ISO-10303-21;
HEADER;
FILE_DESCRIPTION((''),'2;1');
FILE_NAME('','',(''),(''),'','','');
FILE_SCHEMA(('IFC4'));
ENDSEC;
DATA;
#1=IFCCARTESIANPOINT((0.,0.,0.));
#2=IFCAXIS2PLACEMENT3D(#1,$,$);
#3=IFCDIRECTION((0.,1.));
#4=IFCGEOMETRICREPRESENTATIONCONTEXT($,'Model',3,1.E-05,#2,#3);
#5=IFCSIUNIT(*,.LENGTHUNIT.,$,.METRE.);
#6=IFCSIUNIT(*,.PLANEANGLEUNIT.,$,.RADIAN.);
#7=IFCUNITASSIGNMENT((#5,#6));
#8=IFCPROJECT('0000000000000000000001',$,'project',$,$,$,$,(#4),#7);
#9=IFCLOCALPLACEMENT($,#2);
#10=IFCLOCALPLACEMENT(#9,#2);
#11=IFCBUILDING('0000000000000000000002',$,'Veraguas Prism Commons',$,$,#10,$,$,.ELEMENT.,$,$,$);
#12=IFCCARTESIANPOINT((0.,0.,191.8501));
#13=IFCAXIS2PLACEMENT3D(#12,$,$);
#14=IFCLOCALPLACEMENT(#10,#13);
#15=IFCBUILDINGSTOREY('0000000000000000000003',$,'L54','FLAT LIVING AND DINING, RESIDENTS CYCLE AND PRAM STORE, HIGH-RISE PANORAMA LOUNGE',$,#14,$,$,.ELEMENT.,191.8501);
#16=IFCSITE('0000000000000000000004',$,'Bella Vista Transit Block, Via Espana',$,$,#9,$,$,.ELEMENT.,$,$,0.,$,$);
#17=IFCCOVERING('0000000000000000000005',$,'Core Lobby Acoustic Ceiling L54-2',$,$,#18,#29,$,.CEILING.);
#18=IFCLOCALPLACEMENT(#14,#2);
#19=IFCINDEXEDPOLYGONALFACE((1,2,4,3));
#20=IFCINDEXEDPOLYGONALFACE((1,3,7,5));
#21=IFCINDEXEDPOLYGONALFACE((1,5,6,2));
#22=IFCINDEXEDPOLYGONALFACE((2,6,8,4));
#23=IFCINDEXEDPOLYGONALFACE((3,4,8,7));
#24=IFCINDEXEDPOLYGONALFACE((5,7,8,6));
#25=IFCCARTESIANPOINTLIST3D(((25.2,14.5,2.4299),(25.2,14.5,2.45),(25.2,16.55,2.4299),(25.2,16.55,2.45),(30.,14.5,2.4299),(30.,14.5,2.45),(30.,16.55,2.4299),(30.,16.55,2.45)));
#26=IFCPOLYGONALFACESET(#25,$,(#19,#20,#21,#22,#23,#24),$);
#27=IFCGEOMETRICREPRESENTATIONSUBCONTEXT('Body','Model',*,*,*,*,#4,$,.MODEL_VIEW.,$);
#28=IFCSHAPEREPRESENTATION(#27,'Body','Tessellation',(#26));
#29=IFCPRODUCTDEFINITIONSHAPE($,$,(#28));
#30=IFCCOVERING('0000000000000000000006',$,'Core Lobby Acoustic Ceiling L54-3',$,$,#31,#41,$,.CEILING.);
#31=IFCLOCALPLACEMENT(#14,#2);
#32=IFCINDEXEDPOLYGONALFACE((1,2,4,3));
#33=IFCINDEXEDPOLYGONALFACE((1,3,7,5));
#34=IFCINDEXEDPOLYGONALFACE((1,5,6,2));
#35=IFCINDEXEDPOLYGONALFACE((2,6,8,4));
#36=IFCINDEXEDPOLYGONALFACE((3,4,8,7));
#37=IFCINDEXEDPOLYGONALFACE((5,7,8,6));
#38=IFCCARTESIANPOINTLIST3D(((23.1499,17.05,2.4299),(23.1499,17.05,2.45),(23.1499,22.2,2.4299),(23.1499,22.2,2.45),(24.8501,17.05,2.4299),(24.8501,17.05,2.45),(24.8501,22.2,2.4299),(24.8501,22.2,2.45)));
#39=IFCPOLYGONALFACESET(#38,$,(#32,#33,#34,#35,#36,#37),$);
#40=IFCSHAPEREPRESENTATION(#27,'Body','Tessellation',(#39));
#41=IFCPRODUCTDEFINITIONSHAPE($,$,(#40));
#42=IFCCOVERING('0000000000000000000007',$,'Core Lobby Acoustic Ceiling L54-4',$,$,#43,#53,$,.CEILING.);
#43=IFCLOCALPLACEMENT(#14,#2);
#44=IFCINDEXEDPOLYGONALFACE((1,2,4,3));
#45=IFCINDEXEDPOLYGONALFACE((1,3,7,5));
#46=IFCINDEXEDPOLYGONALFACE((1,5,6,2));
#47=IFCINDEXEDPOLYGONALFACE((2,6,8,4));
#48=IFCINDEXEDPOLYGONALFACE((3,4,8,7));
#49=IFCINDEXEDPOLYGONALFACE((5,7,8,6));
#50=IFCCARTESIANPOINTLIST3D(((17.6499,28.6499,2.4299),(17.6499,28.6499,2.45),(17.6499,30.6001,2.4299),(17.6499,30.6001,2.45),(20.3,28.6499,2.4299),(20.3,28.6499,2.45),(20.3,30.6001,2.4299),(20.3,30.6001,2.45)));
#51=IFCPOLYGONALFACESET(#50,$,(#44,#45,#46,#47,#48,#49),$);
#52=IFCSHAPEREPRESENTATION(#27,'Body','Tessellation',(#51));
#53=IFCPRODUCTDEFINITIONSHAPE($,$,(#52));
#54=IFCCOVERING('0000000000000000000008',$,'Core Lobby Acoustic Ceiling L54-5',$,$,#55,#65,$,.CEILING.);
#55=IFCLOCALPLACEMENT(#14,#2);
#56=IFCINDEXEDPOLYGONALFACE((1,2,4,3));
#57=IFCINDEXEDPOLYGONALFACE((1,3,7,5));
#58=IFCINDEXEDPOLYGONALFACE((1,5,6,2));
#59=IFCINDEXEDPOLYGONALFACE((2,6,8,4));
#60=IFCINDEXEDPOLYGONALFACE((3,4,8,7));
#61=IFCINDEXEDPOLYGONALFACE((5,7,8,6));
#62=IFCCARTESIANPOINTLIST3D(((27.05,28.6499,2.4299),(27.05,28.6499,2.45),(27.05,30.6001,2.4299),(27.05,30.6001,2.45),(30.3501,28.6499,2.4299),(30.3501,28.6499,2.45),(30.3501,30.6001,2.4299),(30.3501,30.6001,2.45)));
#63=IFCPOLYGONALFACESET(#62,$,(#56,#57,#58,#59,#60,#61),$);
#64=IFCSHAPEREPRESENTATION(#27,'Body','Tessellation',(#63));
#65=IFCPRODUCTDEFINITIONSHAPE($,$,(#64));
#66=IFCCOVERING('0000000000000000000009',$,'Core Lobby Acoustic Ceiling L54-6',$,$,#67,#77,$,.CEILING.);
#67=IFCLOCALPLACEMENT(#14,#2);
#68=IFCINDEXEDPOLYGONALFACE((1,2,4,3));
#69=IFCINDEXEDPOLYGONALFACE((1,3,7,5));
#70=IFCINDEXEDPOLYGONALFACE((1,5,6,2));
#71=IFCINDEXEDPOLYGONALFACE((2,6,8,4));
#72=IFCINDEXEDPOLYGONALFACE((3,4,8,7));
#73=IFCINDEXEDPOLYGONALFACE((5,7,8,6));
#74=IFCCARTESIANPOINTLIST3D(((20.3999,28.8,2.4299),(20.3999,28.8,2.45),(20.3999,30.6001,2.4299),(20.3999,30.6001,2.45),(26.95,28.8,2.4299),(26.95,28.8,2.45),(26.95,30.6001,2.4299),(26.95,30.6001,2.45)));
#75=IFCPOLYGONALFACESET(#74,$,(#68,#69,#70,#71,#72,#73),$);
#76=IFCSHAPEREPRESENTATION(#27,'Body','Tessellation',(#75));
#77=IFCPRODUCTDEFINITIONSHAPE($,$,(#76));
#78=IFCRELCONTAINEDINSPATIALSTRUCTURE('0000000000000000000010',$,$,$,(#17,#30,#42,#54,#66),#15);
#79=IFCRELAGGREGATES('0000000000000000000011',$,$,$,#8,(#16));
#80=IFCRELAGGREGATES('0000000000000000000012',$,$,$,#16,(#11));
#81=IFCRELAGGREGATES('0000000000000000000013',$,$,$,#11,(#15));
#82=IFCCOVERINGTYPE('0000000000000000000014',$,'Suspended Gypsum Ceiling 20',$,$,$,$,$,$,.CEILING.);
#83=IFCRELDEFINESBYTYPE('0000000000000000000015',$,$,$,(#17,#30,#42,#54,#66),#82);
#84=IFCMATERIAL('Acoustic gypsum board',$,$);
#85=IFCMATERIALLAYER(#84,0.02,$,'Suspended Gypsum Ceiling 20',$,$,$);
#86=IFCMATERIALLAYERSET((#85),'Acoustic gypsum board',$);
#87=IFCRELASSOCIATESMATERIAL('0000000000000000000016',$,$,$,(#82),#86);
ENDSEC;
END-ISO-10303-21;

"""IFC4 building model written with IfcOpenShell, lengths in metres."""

from ifc_helpers import new_model, si_unit, direction, frame, origin, place, context, subcontext, project, spatial, polyline, outline, extrude, material, layer, layer_set, type_object, element, save


model = new_model("IFC4")

# Units and contexts
model_context = context("Model", 3, precision=1e-05, world=origin(), true_north=direction((0.0, 1.0)))
body_context = subcontext(model_context, "Body", "Model", "MODEL_VIEW")
ifc_project = project(units=[si_unit("LENGTHUNIT", "METRE"), si_unit("PLANEANGLEUNIT", "RADIAN")], contexts=[model_context])

# Site, building, storey
site_placement = place(None, origin())
site = spatial("IfcSite", under=ifc_project, at=site_placement, Name="Bella Vista Transit Block, Via Espana", CompositionType="ELEMENT", RefElevation=0.0)
building_placement = place(site_placement, origin())
building = spatial("IfcBuilding", under=site, at=building_placement, Name="Veraguas Prism Commons", CompositionType="ELEMENT")
storey_placement = place(building_placement, frame((0.0, 0.0, 191.8501)))
storey = spatial("IfcBuildingStorey", under=building, at=storey_placement, Name="L54", Description="FLAT LIVING AND DINING, RESIDENTS CYCLE AND PRAM STORE, HIGH-RISE PANORAMA LOUNGE", CompositionType="ELEMENT", Elevation=191.8501)

# Coverings
ifc_material_1 = material(Name="Acoustic gypsum board")
ifc_layer_1 = layer(ifc_material_1, 0.02, Name="Suspended Gypsum Ceiling 20")
ifc_layer_set_1 = layer_set([ifc_layer_1], Name="Acoustic gypsum board")
covering_type_1 = type_object("IfcCoveringType", Name="Suspended Gypsum Ceiling 20", PredefinedType="CEILING", material=ifc_layer_set_1)
covering_1_placement = place(storey_placement, frame((0.0, 0.0, 2.4299)))
element("IfcCovering", 1, at=covering_1_placement, inside=storey, type_object=covering_type_1, Name="Core Lobby Acoustic Ceiling L54-2", PredefinedType="CEILING", context=body_context, shape_type="SweptSolid", body=[
    extrude(outline(polyline([(25.2, 14.5), (30.0, 14.5), (30.0, 16.55), (25.2, 16.55), (25.2, 14.5)])), origin(), (0.0, 0.0, 1.0), 0.02),
])
covering_2_placement = place(storey_placement, frame((0.0, 0.0, 2.4299)))
element("IfcCovering", 2, at=covering_2_placement, inside=storey, type_object=covering_type_1, Name="Core Lobby Acoustic Ceiling L54-3", PredefinedType="CEILING", context=body_context, shape_type="SweptSolid", body=[
    extrude(outline(polyline([(23.1499, 17.05), (24.8501, 17.05), (24.8501, 22.2), (23.1499, 22.2), (23.1499, 17.05)])), origin(), (0.0, 0.0, 1.0), 0.02),
])
covering_3_placement = place(storey_placement, frame((0.0, 0.0, 2.4299)))
element("IfcCovering", 3, at=covering_3_placement, inside=storey, type_object=covering_type_1, Name="Core Lobby Acoustic Ceiling L54-4", PredefinedType="CEILING", context=body_context, shape_type="SweptSolid", body=[
    extrude(outline(polyline([(17.6499, 28.6499), (20.3, 28.6499), (20.3, 30.6001), (17.6499, 30.6001), (17.6499, 28.6499)])), origin(), (0.0, 0.0, 1.0), 0.02),
])
covering_4_placement = place(storey_placement, frame((0.0, 0.0, 2.4299)))
element("IfcCovering", 4, at=covering_4_placement, inside=storey, type_object=covering_type_1, Name="Core Lobby Acoustic Ceiling L54-5", PredefinedType="CEILING", context=body_context, shape_type="SweptSolid", body=[
    extrude(outline(polyline([(27.05, 28.6499), (30.3501, 28.6499), (30.3501, 30.6001), (27.05, 30.6001), (27.05, 28.6499)])), origin(), (0.0, 0.0, 1.0), 0.02),
])
covering_5_placement = place(storey_placement, frame((0.0, 0.0, 2.4299)))
element("IfcCovering", 5, at=covering_5_placement, inside=storey, type_object=covering_type_1, Name="Core Lobby Acoustic Ceiling L54-6", PredefinedType="CEILING", context=body_context, shape_type="SweptSolid", body=[
    extrude(outline(polyline([(20.3999, 28.8), (26.95, 28.8), (26.95, 30.6001), (20.3999, 30.6001), (20.3999, 28.8)])), origin(), (0.0, 0.0, 1.0), 0.02),
])

save(model, "model.ifc")
